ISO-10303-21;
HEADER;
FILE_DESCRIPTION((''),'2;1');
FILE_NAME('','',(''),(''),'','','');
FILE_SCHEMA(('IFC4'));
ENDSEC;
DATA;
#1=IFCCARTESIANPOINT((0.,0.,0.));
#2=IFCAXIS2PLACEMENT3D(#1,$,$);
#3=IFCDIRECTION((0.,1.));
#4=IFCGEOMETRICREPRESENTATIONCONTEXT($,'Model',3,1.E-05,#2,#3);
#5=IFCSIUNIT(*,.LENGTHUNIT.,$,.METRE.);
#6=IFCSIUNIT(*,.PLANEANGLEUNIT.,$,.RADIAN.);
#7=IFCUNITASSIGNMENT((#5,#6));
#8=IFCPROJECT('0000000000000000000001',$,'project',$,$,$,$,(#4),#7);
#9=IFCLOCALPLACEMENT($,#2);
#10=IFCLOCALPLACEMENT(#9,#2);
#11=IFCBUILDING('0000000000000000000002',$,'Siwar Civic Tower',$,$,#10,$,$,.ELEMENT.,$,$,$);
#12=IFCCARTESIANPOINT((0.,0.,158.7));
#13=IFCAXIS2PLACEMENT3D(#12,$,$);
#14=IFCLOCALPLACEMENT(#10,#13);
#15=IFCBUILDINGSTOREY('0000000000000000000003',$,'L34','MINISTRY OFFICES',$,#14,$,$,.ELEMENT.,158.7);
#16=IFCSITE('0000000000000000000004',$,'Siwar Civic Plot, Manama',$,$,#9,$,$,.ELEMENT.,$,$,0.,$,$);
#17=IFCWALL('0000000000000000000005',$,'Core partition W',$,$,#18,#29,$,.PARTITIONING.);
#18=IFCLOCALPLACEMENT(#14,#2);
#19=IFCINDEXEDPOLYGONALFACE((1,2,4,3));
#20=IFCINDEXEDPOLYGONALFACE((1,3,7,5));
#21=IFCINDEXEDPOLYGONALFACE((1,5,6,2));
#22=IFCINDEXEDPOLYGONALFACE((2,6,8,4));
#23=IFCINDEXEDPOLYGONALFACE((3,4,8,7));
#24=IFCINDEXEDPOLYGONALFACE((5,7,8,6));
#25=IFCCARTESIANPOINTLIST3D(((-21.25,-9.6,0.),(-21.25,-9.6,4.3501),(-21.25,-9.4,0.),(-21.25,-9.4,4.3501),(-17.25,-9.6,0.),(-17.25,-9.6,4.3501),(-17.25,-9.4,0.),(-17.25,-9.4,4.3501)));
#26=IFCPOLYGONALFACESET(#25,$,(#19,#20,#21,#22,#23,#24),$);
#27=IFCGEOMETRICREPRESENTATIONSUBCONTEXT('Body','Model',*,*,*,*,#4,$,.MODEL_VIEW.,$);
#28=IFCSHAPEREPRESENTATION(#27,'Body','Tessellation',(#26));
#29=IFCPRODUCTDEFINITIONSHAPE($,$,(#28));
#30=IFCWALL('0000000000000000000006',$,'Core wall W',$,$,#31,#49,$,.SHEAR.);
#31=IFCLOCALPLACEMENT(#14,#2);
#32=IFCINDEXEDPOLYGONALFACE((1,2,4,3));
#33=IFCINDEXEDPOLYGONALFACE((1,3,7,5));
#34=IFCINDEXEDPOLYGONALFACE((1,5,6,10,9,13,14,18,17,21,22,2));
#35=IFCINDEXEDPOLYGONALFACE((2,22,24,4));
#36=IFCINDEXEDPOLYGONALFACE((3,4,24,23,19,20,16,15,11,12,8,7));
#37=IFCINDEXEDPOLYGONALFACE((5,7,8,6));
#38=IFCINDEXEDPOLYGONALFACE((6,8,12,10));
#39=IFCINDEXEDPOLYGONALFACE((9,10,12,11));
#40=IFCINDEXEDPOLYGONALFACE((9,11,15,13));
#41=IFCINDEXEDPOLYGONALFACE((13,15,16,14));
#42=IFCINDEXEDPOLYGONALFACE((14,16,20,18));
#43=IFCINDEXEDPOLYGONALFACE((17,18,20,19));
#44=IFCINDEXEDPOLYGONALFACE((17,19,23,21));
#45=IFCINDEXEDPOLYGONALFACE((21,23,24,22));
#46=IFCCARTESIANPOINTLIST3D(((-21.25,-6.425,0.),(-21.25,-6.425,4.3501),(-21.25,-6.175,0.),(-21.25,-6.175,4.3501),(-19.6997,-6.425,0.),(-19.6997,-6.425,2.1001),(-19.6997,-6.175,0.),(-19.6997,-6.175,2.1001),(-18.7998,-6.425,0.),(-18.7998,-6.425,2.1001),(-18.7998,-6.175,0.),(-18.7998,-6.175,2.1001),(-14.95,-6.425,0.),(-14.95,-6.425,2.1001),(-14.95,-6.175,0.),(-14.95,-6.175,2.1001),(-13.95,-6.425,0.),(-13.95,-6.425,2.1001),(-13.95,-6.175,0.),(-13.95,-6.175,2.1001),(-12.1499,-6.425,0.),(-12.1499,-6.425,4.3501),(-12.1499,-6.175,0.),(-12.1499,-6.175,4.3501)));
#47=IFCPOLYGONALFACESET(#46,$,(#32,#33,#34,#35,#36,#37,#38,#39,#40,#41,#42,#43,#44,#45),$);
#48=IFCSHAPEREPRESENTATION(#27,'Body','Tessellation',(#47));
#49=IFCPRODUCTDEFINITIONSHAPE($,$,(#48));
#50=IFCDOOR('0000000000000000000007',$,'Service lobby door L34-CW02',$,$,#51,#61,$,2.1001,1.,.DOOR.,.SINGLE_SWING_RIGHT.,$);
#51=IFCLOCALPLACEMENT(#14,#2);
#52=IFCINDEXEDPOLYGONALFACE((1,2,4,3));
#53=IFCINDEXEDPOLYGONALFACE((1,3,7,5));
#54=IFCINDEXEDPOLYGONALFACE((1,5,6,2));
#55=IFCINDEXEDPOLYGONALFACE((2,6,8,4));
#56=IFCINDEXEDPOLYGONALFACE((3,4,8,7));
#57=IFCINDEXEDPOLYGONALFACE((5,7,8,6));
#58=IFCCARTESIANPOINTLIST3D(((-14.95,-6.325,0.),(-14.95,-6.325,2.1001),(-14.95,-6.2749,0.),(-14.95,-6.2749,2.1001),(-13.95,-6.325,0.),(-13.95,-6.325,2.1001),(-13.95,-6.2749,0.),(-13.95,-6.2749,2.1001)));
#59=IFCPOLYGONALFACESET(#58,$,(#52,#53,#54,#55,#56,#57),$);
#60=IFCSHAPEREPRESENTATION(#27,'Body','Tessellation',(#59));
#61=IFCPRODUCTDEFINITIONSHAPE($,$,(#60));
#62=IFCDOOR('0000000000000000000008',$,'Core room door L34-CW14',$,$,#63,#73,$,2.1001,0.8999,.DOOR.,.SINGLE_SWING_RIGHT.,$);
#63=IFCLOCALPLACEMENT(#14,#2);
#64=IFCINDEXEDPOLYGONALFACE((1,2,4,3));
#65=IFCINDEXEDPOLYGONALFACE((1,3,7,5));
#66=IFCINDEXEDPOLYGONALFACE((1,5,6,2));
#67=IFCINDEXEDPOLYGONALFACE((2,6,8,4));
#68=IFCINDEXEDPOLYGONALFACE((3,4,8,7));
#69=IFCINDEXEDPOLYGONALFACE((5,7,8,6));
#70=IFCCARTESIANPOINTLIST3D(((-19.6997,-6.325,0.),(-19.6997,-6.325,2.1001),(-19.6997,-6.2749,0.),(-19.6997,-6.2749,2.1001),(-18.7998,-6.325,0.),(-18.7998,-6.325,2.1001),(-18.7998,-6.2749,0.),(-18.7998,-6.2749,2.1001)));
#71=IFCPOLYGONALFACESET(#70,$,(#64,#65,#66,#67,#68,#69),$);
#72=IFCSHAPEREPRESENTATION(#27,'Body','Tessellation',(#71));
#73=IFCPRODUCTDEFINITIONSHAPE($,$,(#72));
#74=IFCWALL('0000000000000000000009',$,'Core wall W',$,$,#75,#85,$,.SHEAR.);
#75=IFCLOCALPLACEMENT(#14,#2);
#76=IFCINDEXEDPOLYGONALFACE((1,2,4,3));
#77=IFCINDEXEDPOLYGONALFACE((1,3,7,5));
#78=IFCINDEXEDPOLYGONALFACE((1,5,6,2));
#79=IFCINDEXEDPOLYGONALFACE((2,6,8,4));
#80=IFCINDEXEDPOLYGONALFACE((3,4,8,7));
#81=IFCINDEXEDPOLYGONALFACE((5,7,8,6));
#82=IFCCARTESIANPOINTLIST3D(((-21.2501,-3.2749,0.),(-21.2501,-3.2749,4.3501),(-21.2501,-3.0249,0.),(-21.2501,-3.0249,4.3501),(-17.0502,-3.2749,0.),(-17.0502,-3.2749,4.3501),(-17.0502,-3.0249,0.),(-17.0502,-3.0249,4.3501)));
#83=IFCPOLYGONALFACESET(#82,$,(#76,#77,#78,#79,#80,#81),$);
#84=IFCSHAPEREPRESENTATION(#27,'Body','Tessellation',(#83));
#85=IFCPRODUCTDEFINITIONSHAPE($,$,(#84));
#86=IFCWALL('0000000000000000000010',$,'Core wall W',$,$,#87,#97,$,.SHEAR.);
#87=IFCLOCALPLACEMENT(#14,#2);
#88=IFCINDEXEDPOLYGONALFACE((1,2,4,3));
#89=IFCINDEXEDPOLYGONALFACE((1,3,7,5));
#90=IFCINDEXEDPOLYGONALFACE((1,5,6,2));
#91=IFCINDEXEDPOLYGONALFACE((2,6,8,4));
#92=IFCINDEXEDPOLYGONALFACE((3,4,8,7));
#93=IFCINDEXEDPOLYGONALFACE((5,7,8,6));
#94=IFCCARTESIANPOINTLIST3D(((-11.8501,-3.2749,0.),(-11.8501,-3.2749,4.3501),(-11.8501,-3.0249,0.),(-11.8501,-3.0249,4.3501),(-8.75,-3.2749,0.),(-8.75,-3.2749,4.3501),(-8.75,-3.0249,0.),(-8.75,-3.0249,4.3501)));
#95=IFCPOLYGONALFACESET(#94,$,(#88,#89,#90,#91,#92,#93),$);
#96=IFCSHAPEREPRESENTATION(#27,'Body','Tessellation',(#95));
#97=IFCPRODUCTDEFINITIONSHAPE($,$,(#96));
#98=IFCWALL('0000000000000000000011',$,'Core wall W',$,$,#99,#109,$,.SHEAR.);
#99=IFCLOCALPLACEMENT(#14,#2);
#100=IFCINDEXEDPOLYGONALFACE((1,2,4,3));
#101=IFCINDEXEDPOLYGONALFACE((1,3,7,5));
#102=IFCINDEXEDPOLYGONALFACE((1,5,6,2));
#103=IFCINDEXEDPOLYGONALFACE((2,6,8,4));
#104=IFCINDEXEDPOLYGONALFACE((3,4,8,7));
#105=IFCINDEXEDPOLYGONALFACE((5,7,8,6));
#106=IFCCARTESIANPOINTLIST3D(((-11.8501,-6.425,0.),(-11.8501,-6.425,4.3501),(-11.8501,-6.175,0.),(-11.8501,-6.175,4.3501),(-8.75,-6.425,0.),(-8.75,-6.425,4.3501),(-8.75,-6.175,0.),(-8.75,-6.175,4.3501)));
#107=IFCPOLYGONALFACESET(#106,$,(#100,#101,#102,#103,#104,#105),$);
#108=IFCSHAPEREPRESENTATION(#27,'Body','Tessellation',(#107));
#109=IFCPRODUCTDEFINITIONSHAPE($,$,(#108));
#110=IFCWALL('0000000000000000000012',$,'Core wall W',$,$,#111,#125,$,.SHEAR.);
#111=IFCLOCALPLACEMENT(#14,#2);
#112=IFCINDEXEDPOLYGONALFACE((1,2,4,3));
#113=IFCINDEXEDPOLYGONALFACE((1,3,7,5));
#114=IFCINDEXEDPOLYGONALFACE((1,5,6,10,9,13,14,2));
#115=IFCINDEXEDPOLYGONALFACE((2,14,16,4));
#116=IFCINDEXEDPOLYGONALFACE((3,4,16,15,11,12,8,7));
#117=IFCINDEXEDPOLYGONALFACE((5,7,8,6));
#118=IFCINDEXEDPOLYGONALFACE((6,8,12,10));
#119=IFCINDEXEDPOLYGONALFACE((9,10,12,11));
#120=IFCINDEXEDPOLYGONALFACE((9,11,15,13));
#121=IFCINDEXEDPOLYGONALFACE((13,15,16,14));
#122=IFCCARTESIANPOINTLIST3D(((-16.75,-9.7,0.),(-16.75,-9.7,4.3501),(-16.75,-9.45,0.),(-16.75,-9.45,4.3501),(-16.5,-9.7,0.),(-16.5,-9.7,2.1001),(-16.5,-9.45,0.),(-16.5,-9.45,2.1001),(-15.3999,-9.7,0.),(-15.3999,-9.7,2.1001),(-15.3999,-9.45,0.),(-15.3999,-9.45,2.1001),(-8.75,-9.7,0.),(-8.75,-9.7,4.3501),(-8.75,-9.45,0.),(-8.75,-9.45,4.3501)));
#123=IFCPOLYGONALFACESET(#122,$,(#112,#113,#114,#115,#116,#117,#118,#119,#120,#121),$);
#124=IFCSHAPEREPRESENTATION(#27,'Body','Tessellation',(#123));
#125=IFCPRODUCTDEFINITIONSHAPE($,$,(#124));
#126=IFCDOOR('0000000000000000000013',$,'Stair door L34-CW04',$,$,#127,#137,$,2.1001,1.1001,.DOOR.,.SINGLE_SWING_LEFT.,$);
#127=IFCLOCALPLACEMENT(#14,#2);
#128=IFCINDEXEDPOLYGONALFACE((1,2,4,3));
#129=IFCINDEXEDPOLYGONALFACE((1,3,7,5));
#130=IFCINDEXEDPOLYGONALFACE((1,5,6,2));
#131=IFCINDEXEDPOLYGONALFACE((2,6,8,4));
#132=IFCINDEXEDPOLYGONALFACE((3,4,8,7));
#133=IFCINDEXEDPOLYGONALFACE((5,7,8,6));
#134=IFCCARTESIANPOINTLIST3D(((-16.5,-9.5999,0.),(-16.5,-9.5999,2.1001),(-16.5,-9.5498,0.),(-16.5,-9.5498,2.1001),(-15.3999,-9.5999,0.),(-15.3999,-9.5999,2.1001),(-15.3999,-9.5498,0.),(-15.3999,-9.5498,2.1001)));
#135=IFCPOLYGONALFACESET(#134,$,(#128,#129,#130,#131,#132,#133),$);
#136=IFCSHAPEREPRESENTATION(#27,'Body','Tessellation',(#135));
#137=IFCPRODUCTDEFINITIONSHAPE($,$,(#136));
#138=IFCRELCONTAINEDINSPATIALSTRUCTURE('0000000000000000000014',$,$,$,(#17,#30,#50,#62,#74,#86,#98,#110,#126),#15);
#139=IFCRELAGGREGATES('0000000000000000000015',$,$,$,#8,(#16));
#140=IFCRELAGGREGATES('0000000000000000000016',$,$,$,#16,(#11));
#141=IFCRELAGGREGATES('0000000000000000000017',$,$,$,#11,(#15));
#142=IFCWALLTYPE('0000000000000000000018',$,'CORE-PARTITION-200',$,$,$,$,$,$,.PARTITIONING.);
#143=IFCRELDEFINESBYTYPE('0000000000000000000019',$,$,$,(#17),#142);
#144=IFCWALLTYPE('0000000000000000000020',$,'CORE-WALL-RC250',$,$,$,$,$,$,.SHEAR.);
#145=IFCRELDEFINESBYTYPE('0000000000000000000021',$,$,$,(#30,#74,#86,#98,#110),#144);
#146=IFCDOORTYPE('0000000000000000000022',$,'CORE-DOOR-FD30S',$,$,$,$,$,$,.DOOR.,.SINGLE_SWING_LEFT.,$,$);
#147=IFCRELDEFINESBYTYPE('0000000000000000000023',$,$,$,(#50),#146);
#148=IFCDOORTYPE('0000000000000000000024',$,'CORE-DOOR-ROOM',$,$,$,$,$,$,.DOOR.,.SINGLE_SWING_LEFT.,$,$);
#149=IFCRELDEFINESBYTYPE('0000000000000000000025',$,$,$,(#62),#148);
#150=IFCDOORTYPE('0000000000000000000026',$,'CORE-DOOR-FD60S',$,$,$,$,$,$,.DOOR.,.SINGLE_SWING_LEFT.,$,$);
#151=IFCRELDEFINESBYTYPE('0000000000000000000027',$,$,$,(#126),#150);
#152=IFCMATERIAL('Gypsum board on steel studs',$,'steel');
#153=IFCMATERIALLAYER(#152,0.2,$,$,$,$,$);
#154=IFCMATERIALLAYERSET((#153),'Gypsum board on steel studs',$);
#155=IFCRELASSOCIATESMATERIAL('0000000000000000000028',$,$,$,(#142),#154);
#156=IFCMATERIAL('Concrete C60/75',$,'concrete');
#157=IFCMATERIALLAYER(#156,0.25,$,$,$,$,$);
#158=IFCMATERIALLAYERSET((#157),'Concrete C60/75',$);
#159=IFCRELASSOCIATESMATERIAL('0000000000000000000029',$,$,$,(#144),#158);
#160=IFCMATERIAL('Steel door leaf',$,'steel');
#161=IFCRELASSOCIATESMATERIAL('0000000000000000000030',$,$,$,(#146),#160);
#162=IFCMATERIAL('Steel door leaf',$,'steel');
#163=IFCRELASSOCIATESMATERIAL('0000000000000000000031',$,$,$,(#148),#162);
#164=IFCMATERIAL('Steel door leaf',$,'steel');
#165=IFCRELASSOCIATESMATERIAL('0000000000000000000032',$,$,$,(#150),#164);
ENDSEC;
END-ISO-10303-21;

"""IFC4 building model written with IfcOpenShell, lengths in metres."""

from ifc_helpers import new_model, si_unit, direction, frame, frame_2d, origin, place, context, subcontext, project, spatial, rectangle, extrude, material, layer, layer_set, type_object, element, fill, save


model = new_model("IFC4")

# Units and contexts
model_context = context("Model", 3, precision=1e-05, world=origin(), true_north=direction((0.0, 1.0)))
body_context = subcontext(model_context, "Body", "Model", "MODEL_VIEW")
ifc_project = project(units=[si_unit("LENGTHUNIT", "METRE"), si_unit("PLANEANGLEUNIT", "RADIAN")], contexts=[model_context])

# Site, building, storey
site_placement = place(None, origin())
site = spatial("IfcSite", under=ifc_project, at=site_placement, Name="Siwar Civic Plot, Manama", CompositionType="ELEMENT", RefElevation=0.0)
building_placement = place(site_placement, origin())
building = spatial("IfcBuilding", under=site, at=building_placement, Name="Siwar Civic Tower", CompositionType="ELEMENT")
storey_placement = place(building_placement, frame((0.0, 0.0, 158.7)))
storey = spatial("IfcBuildingStorey", under=building, at=storey_placement, Name="L34", Description="MINISTRY OFFICES", CompositionType="ELEMENT", Elevation=158.7)

# Wall
ifc_material_1 = material(Name="Gypsum board on steel studs", Category="steel")
ifc_layer_1 = layer(ifc_material_1, 0.2)
ifc_layer_set_1 = layer_set([ifc_layer_1], Name="Gypsum board on steel studs")
wall_type_1 = type_object("IfcWallType", Name="CORE-PARTITION-200", PredefinedType="PARTITIONING", material=ifc_layer_set_1)
wall_1_placement = place(storey_placement, frame((-17.25, -9.5, 0.0), z_axis=(0.0, 0.0, 1.0), x_axis=(-1.0, 0.0, 0.0)))
element("IfcWall", 1, at=wall_1_placement, inside=storey, type_object=wall_type_1, Name="Core partition W", PredefinedType="PARTITIONING", context=body_context, shape_type="SweptSolid", body=[
    extrude(rectangle(XDim=4.0, YDim=0.2, at=frame_2d((2.0, 0.0))), origin(), (0.0, 0.0, 1.0), 4.3501),
])

# Wall, openings, doors
ifc_material_2 = material(Name="Concrete C60/75", Category="concrete")
ifc_layer_2 = layer(ifc_material_2, 0.25)
ifc_layer_set_2 = layer_set([ifc_layer_2], Name="Concrete C60/75")
wall_type_2 = type_object("IfcWallType", Name="CORE-WALL-RC250", PredefinedType="SHEAR", material=ifc_layer_set_2)
wall_2_placement = place(storey_placement, frame((-12.1499, -6.3, 0.0), z_axis=(0.0, 0.0, 1.0), x_axis=(-1.0, 0.0, 0.0)))
wall_2 = element("IfcWall", 2, at=wall_2_placement, inside=storey, type_object=wall_type_2, Name="Core wall W", PredefinedType="SHEAR", context=body_context, shape_type="SweptSolid", body=[
    extrude(rectangle(XDim=9.1001, YDim=0.25, at=frame_2d((4.55, 0.0))), origin(), (0.0, 0.0, 1.0), 4.3501),
])
opening_1_placement = place(wall_2_placement, frame((1.8, 0.0, 0.0)))
opening_1 = element("IfcOpeningElement", 3, at=opening_1_placement, cuts=wall_2, PredefinedType="OPENING", context=body_context, shape_type="SweptSolid", body=[
    extrude(rectangle(XDim=1.0, YDim=2.1001, at=frame_2d((0.5, 1.05))), frame((0.0, 0.135, 0.0), z_axis=(0.0, -1.0, 0.0), x_axis=(1.0, 0.0, 0.0)), (0.0, 0.0, 1.0), 0.27),
])
opening_2_placement = place(wall_2_placement, frame((6.6499, 0.0, 0.0)))
opening_2 = element("IfcOpeningElement", 4, at=opening_2_placement, cuts=wall_2, PredefinedType="OPENING", context=body_context, shape_type="SweptSolid", body=[
    extrude(rectangle(XDim=0.8999, YDim=2.1001, at=frame_2d((0.45, 1.05))), frame((0.0, 0.135, 0.0), z_axis=(0.0, -1.0, 0.0), x_axis=(1.0, 0.0, 0.0)), (0.0, 0.0, 1.0), 0.27),
])
ifc_material_3 = material(Name="Steel door leaf", Category="steel")
door_type_1 = type_object("IfcDoorType", Name="CORE-DOOR-FD30S", OperationType="SINGLE_SWING_LEFT", PredefinedType="DOOR", material=ifc_material_3)
door_1_placement = place(opening_1_placement, origin())
door_1 = element("IfcDoor", 5, at=door_1_placement, inside=storey, type_object=door_type_1, Name="Service lobby door L34-CW02", OperationType="SINGLE_SWING_RIGHT", OverallHeight=2.1001, OverallWidth=1.0, PredefinedType="DOOR", context=body_context, shape_type="SweptSolid", body=[
    extrude(rectangle(XDim=1.0, YDim=2.1001, at=frame_2d((0.5, 1.05))), frame((0.0, 0.0249, 0.0), z_axis=(0.0, -1.0, 0.0), x_axis=(1.0, 0.0, 0.0)), (0.0, 0.0, 1.0), 0.05),
])
fill(opening_1, door_1)
ifc_material_4 = material(Name="Steel door leaf", Category="steel")
door_type_2 = type_object("IfcDoorType", Name="CORE-DOOR-ROOM", OperationType="SINGLE_SWING_LEFT", PredefinedType="DOOR", material=ifc_material_4)
door_2_placement = place(opening_2_placement, origin())
door_2 = element("IfcDoor", 6, at=door_2_placement, inside=storey, type_object=door_type_2, Name="Core room door L34-CW14", OperationType="SINGLE_SWING_RIGHT", OverallHeight=2.1001, OverallWidth=0.8999, PredefinedType="DOOR", context=body_context, shape_type="SweptSolid", body=[
    extrude(rectangle(XDim=0.8999, YDim=2.1001, at=frame_2d((0.45, 1.05))), frame((0.0, 0.0249, 0.0), z_axis=(0.0, -1.0, 0.0), x_axis=(1.0, 0.0, 0.0)), (0.0, 0.0, 1.0), 0.05),
])
fill(opening_2, door_2)

# Walls
wall_3_placement = place(storey_placement, frame((-17.05, -3.1499, 0.0), z_axis=(0.0, 0.0, 1.0), x_axis=(-1.0, 0.0, 0.0)))
element("IfcWall", 7, at=wall_3_placement, inside=storey, type_object=wall_type_2, Name="Core wall W", PredefinedType="SHEAR", context=body_context, shape_type="SweptSolid", body=[
    extrude(rectangle(XDim=4.2, YDim=0.25, at=frame_2d((2.1001, 0.0))), origin(), (0.0, 0.0, 1.0), 4.3501),
])
for number, where, z_axis, x_axis, name in (
    (8, (-8.75, -3.1499, 0.0), (0.0, 0.0, 1.0), (-1.0, 0.0, 0.0), "Core wall W"),
    (9, (-8.75, -6.3, 0.0), (0.0, 0.0, 1.0), (-1.0, 0.0, 0.0), "Core wall W"),
):
    element("IfcWall", number, at=place(storey_placement, frame(where, z_axis=z_axis, x_axis=x_axis)), inside=storey, type_object=wall_type_2, Name=name, PredefinedType="SHEAR", context=body_context, shape_type="SweptSolid", body=[
        extrude(rectangle(XDim=3.1001, YDim=0.25, at=frame_2d((1.55, 0.0))), origin(), (0.0, 0.0, 1.0), 4.3501),
    ])

# Wall, opening, door
wall_4_placement = place(storey_placement, frame((-8.75, -9.575, 0.0), z_axis=(0.0, 0.0, 1.0), x_axis=(-1.0, 0.0, 0.0)))
wall_4 = element("IfcWall", 10, at=wall_4_placement, inside=storey, type_object=wall_type_2, Name="Core wall W", PredefinedType="SHEAR", context=body_context, shape_type="SweptSolid", body=[
    extrude(rectangle(XDim=8.0, YDim=0.25, at=frame_2d((4.0, 0.0))), origin(), (0.0, 0.0, 1.0), 4.3501),
])
opening_3_placement = place(wall_4_placement, frame((6.6499, 0.0, 0.0)))
opening_3 = element("IfcOpeningElement", 11, at=opening_3_placement, cuts=wall_4, PredefinedType="OPENING", context=body_context, shape_type="SweptSolid", body=[
    extrude(rectangle(XDim=1.1001, YDim=2.1001, at=frame_2d((0.55, 1.05))), frame((0.0, 0.135, 0.0), z_axis=(0.0, -1.0, 0.0), x_axis=(1.0, 0.0, 0.0)), (0.0, 0.0, 1.0), 0.27),
])
ifc_material_5 = material(Name="Steel door leaf", Category="steel")
door_type_3 = type_object("IfcDoorType", Name="CORE-DOOR-FD60S", OperationType="SINGLE_SWING_LEFT", PredefinedType="DOOR", material=ifc_material_5)
door_3_placement = place(opening_3_placement, origin())
door_3 = element("IfcDoor", 12, at=door_3_placement, inside=storey, type_object=door_type_3, Name="Stair door L34-CW04", OperationType="SINGLE_SWING_LEFT", OverallHeight=2.1001, OverallWidth=1.1001, PredefinedType="DOOR", context=body_context, shape_type="SweptSolid", body=[
    extrude(rectangle(XDim=1.1001, YDim=2.1001, at=frame_2d((0.55, 1.05))), frame((0.0, 0.0249, 0.0), z_axis=(0.0, -1.0, 0.0), x_axis=(1.0, 0.0, 0.0)), (0.0, 0.0, 1.0), 0.05),
])
fill(opening_3, door_3)

save(model, "model.ifc")
